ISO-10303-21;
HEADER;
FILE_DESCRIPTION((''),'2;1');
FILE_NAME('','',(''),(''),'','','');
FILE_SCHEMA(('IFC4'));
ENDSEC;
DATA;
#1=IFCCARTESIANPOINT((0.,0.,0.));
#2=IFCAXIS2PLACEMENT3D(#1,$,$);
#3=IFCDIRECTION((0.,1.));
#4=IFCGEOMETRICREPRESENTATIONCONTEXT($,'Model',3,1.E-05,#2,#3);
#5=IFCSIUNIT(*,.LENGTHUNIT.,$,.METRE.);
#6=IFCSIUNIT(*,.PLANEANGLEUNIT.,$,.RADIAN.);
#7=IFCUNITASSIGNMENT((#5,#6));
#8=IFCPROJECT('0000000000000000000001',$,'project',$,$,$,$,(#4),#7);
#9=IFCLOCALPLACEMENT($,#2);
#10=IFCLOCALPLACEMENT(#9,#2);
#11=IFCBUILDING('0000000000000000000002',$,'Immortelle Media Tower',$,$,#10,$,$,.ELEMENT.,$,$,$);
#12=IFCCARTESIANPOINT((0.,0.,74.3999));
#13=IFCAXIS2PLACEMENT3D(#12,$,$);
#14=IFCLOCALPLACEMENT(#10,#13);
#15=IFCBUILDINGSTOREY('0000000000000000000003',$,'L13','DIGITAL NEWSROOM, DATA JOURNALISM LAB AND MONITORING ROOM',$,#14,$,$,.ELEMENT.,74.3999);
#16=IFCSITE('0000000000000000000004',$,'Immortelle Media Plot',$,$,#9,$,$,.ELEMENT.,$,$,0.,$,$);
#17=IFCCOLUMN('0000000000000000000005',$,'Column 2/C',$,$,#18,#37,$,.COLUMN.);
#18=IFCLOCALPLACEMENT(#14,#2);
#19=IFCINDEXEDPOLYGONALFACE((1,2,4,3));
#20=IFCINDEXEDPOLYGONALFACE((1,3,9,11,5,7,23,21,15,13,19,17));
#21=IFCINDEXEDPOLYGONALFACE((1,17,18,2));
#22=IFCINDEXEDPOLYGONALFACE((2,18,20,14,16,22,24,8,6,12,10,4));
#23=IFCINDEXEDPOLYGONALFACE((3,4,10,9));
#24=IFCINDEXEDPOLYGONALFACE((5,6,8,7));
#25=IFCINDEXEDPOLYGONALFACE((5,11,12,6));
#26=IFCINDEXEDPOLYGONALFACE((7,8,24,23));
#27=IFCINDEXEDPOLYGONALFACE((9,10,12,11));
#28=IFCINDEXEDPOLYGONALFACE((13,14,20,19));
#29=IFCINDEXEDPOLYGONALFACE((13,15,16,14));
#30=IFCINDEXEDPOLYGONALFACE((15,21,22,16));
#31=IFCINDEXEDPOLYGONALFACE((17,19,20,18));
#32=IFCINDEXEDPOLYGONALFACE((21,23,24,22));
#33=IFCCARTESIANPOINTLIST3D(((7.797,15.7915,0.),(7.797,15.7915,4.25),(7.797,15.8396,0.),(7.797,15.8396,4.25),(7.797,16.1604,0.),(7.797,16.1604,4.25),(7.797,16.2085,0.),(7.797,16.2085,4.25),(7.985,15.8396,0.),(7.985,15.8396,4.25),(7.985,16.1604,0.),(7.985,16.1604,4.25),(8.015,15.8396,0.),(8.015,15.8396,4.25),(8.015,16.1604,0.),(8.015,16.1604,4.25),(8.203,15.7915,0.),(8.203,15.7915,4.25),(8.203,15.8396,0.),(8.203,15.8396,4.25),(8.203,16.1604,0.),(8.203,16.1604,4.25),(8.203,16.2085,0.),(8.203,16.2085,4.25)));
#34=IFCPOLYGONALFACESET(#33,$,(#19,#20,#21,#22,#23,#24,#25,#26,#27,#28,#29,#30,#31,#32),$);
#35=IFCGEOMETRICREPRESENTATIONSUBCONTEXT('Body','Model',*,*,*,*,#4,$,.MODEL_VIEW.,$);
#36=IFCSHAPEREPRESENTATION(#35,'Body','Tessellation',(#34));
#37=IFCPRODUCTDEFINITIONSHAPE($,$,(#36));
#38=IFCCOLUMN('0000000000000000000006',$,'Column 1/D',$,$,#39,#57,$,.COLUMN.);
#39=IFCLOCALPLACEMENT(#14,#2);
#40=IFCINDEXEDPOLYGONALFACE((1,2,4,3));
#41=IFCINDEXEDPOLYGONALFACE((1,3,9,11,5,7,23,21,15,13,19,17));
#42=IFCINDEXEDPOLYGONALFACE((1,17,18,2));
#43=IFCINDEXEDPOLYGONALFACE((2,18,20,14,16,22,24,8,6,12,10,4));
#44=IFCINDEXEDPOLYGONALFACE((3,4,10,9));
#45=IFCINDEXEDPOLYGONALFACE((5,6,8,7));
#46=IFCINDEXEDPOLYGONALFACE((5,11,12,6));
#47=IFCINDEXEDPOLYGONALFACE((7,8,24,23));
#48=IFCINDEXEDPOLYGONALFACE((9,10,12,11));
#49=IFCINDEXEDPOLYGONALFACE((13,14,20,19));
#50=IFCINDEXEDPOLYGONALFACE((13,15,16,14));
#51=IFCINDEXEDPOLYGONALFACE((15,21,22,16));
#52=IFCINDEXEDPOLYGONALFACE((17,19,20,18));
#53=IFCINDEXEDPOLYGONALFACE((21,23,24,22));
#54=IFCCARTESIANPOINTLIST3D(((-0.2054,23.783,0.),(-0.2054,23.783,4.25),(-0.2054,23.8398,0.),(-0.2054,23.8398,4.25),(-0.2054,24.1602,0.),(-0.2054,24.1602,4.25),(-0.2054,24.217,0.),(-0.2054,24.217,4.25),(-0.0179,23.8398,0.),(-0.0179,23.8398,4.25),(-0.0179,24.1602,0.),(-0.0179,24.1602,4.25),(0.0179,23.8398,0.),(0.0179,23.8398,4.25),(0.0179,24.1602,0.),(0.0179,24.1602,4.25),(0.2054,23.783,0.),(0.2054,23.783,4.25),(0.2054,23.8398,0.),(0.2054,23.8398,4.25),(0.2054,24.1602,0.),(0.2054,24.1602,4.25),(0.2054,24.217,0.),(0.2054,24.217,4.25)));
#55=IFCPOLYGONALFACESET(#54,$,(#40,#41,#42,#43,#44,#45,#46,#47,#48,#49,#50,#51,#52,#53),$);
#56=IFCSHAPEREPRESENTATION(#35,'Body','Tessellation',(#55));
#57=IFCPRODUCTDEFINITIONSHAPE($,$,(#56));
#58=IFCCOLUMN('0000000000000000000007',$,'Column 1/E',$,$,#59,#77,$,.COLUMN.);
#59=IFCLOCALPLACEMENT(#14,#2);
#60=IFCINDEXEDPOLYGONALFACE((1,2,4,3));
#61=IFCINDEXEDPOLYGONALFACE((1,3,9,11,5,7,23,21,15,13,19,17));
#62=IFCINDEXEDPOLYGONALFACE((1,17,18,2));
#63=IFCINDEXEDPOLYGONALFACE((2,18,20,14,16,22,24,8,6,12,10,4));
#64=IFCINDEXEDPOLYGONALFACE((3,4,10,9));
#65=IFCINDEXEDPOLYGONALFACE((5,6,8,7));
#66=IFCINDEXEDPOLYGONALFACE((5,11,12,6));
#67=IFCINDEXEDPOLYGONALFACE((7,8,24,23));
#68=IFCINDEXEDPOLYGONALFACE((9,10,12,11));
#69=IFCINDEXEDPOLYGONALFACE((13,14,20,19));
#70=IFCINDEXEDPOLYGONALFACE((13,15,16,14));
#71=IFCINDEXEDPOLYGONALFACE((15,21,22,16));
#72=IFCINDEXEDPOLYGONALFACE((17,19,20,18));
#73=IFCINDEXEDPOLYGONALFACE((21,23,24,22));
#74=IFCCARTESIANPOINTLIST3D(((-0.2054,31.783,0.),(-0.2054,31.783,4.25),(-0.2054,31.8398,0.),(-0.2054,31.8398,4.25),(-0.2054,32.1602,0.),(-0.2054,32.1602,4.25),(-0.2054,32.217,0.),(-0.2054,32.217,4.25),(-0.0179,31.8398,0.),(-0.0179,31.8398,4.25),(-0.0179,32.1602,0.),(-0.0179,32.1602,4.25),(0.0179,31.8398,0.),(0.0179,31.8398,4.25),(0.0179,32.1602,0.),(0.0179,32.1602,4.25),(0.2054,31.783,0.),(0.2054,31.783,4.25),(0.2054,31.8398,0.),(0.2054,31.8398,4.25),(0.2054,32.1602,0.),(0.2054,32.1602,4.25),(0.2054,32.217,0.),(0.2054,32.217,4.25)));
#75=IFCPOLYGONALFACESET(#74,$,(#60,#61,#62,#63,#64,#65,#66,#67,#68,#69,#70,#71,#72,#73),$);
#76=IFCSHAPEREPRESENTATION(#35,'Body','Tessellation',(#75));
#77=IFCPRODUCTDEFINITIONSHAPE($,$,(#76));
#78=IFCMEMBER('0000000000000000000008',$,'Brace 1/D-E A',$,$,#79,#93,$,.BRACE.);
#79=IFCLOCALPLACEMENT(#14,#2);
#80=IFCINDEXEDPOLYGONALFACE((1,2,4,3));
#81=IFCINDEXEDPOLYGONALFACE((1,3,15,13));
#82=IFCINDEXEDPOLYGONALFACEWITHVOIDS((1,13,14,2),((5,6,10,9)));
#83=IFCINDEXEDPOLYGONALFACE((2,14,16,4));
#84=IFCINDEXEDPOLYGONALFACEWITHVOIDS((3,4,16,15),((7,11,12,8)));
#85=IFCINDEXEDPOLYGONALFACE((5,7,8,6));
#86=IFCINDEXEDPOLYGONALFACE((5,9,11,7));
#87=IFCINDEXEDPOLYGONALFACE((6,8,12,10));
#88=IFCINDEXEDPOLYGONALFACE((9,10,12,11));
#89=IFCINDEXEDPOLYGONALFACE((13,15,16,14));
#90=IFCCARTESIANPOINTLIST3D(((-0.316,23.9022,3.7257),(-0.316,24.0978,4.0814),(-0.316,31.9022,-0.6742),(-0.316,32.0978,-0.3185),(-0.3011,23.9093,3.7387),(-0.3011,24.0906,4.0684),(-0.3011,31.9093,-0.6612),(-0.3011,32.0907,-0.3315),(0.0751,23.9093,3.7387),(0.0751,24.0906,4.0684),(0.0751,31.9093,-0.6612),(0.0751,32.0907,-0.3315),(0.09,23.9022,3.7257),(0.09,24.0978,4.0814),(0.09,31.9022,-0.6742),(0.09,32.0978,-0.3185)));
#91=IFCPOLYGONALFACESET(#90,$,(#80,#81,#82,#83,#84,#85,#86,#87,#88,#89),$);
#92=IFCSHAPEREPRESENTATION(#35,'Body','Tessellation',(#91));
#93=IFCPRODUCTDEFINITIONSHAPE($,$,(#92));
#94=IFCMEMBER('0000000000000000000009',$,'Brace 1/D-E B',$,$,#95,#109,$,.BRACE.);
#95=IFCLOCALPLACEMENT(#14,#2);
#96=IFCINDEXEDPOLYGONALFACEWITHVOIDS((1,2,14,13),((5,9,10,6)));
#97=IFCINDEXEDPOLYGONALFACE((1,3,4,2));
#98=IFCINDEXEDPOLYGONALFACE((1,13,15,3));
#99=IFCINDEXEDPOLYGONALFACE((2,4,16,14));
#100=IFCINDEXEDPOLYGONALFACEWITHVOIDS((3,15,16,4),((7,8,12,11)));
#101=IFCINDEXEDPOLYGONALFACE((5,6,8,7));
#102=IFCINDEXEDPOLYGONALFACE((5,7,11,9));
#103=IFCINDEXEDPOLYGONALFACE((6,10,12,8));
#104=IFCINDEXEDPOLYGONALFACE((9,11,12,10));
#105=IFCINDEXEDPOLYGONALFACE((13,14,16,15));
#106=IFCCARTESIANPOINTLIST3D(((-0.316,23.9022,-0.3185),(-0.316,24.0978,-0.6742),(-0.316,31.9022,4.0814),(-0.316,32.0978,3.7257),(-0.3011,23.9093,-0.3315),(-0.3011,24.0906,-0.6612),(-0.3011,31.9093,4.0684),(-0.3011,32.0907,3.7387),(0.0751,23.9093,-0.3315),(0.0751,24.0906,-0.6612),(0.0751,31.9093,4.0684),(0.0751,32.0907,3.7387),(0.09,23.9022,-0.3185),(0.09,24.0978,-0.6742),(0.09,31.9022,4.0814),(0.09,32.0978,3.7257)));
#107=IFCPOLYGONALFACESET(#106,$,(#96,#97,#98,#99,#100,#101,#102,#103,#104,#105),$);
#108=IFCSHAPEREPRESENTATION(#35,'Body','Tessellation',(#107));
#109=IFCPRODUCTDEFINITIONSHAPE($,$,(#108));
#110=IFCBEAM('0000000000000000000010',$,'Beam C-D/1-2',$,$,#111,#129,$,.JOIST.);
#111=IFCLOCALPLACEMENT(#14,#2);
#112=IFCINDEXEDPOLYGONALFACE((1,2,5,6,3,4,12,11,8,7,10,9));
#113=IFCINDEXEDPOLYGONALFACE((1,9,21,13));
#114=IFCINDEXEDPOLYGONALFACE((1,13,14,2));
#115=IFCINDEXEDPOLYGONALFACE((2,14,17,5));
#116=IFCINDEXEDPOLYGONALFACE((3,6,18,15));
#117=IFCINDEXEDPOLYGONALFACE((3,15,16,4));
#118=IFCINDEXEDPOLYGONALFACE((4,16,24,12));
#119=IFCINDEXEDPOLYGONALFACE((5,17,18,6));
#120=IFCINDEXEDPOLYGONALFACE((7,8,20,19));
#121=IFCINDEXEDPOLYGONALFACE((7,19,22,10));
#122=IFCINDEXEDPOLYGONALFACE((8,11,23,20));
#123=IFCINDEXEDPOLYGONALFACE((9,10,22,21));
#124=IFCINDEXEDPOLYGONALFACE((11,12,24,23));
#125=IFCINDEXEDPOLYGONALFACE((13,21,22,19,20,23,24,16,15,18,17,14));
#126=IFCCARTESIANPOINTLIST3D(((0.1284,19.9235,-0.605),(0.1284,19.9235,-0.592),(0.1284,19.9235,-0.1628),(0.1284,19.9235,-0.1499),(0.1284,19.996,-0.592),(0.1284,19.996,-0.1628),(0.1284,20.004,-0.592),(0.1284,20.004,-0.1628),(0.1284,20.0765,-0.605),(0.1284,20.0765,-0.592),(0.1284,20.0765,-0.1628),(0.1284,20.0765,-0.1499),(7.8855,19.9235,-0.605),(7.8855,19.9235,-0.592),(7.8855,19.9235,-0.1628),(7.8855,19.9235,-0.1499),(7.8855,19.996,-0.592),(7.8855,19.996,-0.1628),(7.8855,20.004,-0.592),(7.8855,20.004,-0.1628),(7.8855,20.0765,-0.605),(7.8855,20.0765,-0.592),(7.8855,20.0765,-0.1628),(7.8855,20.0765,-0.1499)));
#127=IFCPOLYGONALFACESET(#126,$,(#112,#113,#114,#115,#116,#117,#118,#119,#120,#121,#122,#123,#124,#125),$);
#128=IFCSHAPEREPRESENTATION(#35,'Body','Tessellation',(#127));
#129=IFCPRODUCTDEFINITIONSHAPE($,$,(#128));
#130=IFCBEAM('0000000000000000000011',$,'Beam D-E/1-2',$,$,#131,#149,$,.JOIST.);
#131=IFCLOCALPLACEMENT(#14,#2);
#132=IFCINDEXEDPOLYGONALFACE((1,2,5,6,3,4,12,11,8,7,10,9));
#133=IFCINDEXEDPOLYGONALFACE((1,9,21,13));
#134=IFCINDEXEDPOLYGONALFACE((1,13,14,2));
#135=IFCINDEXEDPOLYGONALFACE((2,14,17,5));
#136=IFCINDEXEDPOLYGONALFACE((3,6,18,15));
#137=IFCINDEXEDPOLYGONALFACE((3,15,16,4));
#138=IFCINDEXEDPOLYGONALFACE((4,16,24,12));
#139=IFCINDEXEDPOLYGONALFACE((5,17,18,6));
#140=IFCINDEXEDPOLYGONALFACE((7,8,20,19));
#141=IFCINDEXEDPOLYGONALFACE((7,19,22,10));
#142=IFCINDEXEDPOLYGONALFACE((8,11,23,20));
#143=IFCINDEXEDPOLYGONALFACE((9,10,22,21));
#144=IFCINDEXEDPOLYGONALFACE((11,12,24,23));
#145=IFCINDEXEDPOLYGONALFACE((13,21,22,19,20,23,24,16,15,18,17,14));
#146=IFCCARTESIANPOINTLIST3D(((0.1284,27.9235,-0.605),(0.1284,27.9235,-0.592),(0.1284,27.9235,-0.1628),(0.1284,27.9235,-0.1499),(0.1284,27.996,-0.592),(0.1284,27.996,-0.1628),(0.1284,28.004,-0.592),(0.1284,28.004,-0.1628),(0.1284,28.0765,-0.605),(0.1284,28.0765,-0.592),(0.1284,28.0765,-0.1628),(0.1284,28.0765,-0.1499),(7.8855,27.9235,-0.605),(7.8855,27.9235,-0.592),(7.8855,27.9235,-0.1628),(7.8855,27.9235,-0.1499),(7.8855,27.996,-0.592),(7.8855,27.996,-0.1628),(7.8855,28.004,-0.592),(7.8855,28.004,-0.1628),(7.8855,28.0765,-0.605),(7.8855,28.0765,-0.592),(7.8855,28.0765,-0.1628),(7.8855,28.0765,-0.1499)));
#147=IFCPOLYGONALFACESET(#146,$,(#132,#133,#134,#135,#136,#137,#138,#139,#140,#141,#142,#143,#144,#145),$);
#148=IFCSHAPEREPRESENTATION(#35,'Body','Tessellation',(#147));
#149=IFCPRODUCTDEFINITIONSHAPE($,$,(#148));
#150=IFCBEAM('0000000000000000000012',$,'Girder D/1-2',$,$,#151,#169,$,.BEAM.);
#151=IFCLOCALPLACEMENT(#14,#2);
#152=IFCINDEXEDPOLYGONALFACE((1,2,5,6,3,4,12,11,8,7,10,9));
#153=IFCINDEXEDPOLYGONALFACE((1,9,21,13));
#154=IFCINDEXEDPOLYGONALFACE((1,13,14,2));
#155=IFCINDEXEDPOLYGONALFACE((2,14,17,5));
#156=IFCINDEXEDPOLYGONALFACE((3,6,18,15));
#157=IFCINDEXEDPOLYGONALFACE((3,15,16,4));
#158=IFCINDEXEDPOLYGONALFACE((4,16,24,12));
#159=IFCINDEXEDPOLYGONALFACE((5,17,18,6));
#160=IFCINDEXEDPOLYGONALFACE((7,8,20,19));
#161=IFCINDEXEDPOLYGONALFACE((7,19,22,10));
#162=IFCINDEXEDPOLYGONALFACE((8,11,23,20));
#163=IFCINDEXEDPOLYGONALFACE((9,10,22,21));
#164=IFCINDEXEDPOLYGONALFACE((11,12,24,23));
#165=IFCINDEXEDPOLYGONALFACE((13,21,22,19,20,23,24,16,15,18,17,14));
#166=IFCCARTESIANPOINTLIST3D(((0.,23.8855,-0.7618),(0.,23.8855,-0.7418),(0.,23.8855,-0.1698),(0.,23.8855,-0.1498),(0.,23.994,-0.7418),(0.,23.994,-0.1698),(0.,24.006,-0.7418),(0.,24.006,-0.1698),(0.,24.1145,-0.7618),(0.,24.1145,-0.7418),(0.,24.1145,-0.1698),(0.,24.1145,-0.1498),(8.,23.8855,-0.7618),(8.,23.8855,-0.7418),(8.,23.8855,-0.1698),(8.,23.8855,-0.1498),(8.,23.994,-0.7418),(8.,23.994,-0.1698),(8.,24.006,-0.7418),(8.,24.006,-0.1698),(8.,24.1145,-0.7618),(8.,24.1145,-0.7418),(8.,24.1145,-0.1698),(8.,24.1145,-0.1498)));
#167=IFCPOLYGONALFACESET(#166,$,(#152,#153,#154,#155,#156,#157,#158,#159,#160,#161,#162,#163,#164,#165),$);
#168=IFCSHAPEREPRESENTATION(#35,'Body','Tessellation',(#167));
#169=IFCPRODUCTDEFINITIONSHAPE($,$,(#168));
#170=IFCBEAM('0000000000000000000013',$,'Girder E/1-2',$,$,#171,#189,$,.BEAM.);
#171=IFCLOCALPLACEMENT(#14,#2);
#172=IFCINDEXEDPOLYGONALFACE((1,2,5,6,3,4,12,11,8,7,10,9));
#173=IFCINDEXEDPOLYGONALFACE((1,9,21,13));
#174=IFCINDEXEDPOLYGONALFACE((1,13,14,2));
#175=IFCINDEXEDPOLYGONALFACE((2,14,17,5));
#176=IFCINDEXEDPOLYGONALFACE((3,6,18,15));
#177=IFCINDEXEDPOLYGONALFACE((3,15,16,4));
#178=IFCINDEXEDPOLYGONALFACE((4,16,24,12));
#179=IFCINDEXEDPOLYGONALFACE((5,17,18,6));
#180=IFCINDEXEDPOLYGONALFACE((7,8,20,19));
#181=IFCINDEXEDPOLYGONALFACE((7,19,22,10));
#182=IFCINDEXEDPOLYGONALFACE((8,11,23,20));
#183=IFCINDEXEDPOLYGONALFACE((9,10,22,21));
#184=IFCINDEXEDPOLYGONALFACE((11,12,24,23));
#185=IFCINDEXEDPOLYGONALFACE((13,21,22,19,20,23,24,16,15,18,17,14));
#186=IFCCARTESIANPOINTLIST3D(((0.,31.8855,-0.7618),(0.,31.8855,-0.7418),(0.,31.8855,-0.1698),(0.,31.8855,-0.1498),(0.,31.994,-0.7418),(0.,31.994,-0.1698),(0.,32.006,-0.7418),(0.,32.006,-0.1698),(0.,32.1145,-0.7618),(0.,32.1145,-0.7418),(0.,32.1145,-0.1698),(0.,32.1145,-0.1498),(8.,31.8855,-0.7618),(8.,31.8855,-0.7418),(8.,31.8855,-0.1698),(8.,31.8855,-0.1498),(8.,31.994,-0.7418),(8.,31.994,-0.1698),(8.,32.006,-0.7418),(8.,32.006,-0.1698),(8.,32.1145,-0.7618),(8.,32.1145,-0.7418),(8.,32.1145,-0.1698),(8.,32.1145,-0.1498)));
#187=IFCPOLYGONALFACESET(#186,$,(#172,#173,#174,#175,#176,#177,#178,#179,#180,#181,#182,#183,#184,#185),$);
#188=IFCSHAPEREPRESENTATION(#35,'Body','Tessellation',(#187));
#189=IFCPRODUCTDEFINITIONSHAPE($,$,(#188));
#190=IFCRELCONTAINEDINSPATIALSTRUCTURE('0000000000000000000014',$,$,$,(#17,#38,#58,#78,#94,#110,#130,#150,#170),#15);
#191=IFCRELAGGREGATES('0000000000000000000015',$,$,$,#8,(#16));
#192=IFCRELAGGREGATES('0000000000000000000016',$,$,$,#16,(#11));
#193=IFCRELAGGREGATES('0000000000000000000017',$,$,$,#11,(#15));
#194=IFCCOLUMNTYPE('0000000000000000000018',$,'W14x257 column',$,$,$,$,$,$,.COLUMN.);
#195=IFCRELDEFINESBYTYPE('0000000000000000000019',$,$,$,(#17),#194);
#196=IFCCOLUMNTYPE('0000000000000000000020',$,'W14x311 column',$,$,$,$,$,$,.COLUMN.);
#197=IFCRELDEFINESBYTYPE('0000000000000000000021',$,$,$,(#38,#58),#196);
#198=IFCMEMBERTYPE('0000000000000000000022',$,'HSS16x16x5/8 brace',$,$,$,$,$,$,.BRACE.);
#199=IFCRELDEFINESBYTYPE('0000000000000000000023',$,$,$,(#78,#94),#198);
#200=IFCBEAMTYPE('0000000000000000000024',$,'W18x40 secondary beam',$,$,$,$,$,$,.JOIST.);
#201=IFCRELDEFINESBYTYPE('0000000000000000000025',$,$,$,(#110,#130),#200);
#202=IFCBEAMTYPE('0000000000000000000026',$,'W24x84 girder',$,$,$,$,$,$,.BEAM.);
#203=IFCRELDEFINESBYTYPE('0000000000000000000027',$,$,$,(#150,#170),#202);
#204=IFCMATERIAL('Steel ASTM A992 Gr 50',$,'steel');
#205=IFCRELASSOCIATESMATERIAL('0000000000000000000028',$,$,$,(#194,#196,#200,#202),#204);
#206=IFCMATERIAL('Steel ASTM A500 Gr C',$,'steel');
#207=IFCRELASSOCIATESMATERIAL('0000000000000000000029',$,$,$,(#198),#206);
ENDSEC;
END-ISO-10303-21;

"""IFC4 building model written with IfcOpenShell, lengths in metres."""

from ifc_helpers import new_model, si_unit, direction, frame, origin, origin_2d, place, context, subcontext, project, spatial, hollow_rectangle, i_section, extrude, material, material_profile, profile_set, type_object, element, save


model = new_model("IFC4")

# Units and contexts
model_context = context("Model", 3, precision=1e-05, world=origin(), true_north=direction((0.0, 1.0)))
body_context = subcontext(model_context, "Body", "Model", "MODEL_VIEW")
ifc_project = project(units=[si_unit("LENGTHUNIT", "METRE"), si_unit("PLANEANGLEUNIT", "RADIAN")], contexts=[model_context])

# Site, building, storey
site_placement = place(None, origin())
site = spatial("IfcSite", under=ifc_project, at=site_placement, Name="Immortelle Media Plot", CompositionType="ELEMENT", RefElevation=0.0)
building_placement = place(site_placement, origin())
building = spatial("IfcBuilding", under=site, at=building_placement, Name="Immortelle Media Tower", CompositionType="ELEMENT")
storey_placement = place(building_placement, frame((0.0, 0.0, 74.3999)))
storey = spatial("IfcBuildingStorey", under=building, at=storey_placement, Name="L13", Description="DIGITAL NEWSROOM, DATA JOURNALISM LAB AND MONITORING ROOM", CompositionType="ELEMENT", Elevation=74.3999)

# Columns
ifc_material_1 = material(Name="Steel ASTM A992 Gr 50", Category="steel")
ifc_material_profile_1 = material_profile(ifc_material_1, i_section(OverallWidth=0.406, OverallDepth=0.417, WebThickness=0.03, FlangeThickness=0.0481, at=origin_2d()), Name="W14x257")
ifc_profile_set_1 = profile_set([ifc_material_profile_1], Name="Steel ASTM A992 Gr 50")
column_type_1 = type_object("IfcColumnType", Name="W14x257 column", PredefinedType="COLUMN", material=ifc_profile_set_1)
column_placement = place(storey_placement, frame((8.0, 16.0, 0.0), z_axis=(0.0, 0.0, 1.0), x_axis=(1.0, 0.0, 0.0)))
element("IfcColumn", 1, at=column_placement, inside=storey, type_object=column_type_1, Name="Column 2/C", PredefinedType="COLUMN", context=body_context, shape_type="SweptSolid", body=[
    extrude(i_section(OverallWidth=0.406, OverallDepth=0.417, WebThickness=0.03, FlangeThickness=0.0481, at=origin_2d()), origin(), (0.0, 0.0, 1.0), 4.25),
])
ifc_material_profile_2 = material_profile(ifc_material_1, i_section(OverallWidth=0.4109, OverallDepth=0.4341, WebThickness=0.0359, FlangeThickness=0.0569, at=origin_2d()), Name="W14x311")
ifc_profile_set_2 = profile_set([ifc_material_profile_2], Name="Steel ASTM A992 Gr 50")
column_type_2 = type_object("IfcColumnType", Name="W14x311 column", PredefinedType="COLUMN", material=ifc_profile_set_2)
for number, where, z_axis, x_axis, name in (
    (2, (0.0, 24.0, 0.0), (0.0, 0.0, 1.0), (1.0, 0.0, 0.0), "Column 1/D"),
    (3, (0.0, 32.0, 0.0), (0.0, 0.0, 1.0), (1.0, 0.0, 0.0), "Column 1/E"),
):
    element("IfcColumn", number, at=place(storey_placement, frame(where, z_axis=z_axis, x_axis=x_axis)), inside=storey, type_object=column_type_2, Name=name, PredefinedType="COLUMN", context=body_context, shape_type="SweptSolid", body=[
        extrude(i_section(OverallWidth=0.4109, OverallDepth=0.4341, WebThickness=0.0359, FlangeThickness=0.0569, at=origin_2d()), origin(), (0.0, 0.0, 1.0), 4.25),
    ])

# Members
ifc_material_2 = material(Name="Steel ASTM A500 Gr C", Category="steel")
ifc_material_profile_3 = material_profile(ifc_material_2, hollow_rectangle(XDim=0.406, YDim=0.406, WallThickness=0.0149, at=origin_2d()), Name="HSS16x16x5/8 brace")
ifc_profile_set_3 = profile_set([ifc_material_profile_3], Name="Steel ASTM A500 Gr C")
member_type = type_object("IfcMemberType", Name="HSS16x16x5/8 brace", PredefinedType="BRACE", material=ifc_profile_set_3)
for number, where, z_axis, x_axis, name in (
    (4, (-0.113, 32.0, -0.4963), (0.0, -0.87622, 0.481911), (1.0, 0.0, 0.0), "Brace 1/D-E A"),
    (5, (-0.113, 32.0, 3.9036), (0.0, -0.87622, -0.481911), (1.0, 0.0, 0.0), "Brace 1/D-E B"),
):
    element("IfcMember", number, at=place(storey_placement, frame(where, z_axis=z_axis, x_axis=x_axis)), inside=storey, type_object=member_type, Name=name, PredefinedType="BRACE", context=body_context, shape_type="SweptSolid", body=[
        extrude(hollow_rectangle(XDim=0.406, YDim=0.406, WallThickness=0.0149, at=origin_2d()), origin(), (0.0, 0.0, 1.0), 9.1301),
    ])

# Beams
ifc_material_profile_4 = material_profile(ifc_material_1, i_section(OverallWidth=0.1531, OverallDepth=0.4551, WebThickness=0.0081, FlangeThickness=0.0129, at=origin_2d()), Name="W18x40")
ifc_profile_set_4 = profile_set([ifc_material_profile_4], Name="Steel ASTM A992 Gr 50")
beam_type_1 = type_object("IfcBeamType", Name="W18x40 secondary beam", PredefinedType="JOIST", material=ifc_profile_set_4)
for number, where, z_axis, x_axis, name in (
    (6, (0.1284, 20.0, -0.3774), (1.0, 0.0, 0.0), (0.0, 1.0, 0.0), "Beam C-D/1-2"),
    (7, (0.1284, 28.0, -0.3774), (1.0, 0.0, 0.0), (0.0, 1.0, 0.0), "Beam D-E/1-2"),
):
    element("IfcBeam", number, at=place(storey_placement, frame(where, z_axis=z_axis, x_axis=x_axis)), inside=storey, type_object=beam_type_1, Name=name, PredefinedType="JOIST", context=body_context, shape_type="SweptSolid", body=[
        extrude(i_section(OverallWidth=0.1531, OverallDepth=0.4551, WebThickness=0.0081, FlangeThickness=0.0129, at=origin_2d()), origin(), (0.0, 0.0, 1.0), 7.7571),
    ])
ifc_material_profile_5 = material_profile(ifc_material_1, i_section(OverallWidth=0.229, OverallDepth=0.6121, WebThickness=0.012, FlangeThickness=0.02, at=origin_2d()), Name="W24x84")
ifc_profile_set_5 = profile_set([ifc_material_profile_5], Name="Steel ASTM A992 Gr 50")
beam_type_2 = type_object("IfcBeamType", Name="W24x84 girder", PredefinedType="BEAM", material=ifc_profile_set_5)
for number, where, z_axis, x_axis, name in (
    (8, (0.0, 24.0, -0.4558), (1.0, 0.0, 0.0), (0.0, 1.0, 0.0), "Girder D/1-2"),
    (9, (0.0, 32.0, -0.4558), (1.0, 0.0, 0.0), (0.0, 1.0, 0.0), "Girder E/1-2"),
):
    element("IfcBeam", number, at=place(storey_placement, frame(where, z_axis=z_axis, x_axis=x_axis)), inside=storey, type_object=beam_type_2, Name=name, PredefinedType="BEAM", context=body_context, shape_type="SweptSolid", body=[
        extrude(i_section(OverallWidth=0.229, OverallDepth=0.6121, WebThickness=0.012, FlangeThickness=0.02, at=origin_2d()), origin(), (0.0, 0.0, 1.0), 8.0),
    ])

save(model, "model.ifc")
